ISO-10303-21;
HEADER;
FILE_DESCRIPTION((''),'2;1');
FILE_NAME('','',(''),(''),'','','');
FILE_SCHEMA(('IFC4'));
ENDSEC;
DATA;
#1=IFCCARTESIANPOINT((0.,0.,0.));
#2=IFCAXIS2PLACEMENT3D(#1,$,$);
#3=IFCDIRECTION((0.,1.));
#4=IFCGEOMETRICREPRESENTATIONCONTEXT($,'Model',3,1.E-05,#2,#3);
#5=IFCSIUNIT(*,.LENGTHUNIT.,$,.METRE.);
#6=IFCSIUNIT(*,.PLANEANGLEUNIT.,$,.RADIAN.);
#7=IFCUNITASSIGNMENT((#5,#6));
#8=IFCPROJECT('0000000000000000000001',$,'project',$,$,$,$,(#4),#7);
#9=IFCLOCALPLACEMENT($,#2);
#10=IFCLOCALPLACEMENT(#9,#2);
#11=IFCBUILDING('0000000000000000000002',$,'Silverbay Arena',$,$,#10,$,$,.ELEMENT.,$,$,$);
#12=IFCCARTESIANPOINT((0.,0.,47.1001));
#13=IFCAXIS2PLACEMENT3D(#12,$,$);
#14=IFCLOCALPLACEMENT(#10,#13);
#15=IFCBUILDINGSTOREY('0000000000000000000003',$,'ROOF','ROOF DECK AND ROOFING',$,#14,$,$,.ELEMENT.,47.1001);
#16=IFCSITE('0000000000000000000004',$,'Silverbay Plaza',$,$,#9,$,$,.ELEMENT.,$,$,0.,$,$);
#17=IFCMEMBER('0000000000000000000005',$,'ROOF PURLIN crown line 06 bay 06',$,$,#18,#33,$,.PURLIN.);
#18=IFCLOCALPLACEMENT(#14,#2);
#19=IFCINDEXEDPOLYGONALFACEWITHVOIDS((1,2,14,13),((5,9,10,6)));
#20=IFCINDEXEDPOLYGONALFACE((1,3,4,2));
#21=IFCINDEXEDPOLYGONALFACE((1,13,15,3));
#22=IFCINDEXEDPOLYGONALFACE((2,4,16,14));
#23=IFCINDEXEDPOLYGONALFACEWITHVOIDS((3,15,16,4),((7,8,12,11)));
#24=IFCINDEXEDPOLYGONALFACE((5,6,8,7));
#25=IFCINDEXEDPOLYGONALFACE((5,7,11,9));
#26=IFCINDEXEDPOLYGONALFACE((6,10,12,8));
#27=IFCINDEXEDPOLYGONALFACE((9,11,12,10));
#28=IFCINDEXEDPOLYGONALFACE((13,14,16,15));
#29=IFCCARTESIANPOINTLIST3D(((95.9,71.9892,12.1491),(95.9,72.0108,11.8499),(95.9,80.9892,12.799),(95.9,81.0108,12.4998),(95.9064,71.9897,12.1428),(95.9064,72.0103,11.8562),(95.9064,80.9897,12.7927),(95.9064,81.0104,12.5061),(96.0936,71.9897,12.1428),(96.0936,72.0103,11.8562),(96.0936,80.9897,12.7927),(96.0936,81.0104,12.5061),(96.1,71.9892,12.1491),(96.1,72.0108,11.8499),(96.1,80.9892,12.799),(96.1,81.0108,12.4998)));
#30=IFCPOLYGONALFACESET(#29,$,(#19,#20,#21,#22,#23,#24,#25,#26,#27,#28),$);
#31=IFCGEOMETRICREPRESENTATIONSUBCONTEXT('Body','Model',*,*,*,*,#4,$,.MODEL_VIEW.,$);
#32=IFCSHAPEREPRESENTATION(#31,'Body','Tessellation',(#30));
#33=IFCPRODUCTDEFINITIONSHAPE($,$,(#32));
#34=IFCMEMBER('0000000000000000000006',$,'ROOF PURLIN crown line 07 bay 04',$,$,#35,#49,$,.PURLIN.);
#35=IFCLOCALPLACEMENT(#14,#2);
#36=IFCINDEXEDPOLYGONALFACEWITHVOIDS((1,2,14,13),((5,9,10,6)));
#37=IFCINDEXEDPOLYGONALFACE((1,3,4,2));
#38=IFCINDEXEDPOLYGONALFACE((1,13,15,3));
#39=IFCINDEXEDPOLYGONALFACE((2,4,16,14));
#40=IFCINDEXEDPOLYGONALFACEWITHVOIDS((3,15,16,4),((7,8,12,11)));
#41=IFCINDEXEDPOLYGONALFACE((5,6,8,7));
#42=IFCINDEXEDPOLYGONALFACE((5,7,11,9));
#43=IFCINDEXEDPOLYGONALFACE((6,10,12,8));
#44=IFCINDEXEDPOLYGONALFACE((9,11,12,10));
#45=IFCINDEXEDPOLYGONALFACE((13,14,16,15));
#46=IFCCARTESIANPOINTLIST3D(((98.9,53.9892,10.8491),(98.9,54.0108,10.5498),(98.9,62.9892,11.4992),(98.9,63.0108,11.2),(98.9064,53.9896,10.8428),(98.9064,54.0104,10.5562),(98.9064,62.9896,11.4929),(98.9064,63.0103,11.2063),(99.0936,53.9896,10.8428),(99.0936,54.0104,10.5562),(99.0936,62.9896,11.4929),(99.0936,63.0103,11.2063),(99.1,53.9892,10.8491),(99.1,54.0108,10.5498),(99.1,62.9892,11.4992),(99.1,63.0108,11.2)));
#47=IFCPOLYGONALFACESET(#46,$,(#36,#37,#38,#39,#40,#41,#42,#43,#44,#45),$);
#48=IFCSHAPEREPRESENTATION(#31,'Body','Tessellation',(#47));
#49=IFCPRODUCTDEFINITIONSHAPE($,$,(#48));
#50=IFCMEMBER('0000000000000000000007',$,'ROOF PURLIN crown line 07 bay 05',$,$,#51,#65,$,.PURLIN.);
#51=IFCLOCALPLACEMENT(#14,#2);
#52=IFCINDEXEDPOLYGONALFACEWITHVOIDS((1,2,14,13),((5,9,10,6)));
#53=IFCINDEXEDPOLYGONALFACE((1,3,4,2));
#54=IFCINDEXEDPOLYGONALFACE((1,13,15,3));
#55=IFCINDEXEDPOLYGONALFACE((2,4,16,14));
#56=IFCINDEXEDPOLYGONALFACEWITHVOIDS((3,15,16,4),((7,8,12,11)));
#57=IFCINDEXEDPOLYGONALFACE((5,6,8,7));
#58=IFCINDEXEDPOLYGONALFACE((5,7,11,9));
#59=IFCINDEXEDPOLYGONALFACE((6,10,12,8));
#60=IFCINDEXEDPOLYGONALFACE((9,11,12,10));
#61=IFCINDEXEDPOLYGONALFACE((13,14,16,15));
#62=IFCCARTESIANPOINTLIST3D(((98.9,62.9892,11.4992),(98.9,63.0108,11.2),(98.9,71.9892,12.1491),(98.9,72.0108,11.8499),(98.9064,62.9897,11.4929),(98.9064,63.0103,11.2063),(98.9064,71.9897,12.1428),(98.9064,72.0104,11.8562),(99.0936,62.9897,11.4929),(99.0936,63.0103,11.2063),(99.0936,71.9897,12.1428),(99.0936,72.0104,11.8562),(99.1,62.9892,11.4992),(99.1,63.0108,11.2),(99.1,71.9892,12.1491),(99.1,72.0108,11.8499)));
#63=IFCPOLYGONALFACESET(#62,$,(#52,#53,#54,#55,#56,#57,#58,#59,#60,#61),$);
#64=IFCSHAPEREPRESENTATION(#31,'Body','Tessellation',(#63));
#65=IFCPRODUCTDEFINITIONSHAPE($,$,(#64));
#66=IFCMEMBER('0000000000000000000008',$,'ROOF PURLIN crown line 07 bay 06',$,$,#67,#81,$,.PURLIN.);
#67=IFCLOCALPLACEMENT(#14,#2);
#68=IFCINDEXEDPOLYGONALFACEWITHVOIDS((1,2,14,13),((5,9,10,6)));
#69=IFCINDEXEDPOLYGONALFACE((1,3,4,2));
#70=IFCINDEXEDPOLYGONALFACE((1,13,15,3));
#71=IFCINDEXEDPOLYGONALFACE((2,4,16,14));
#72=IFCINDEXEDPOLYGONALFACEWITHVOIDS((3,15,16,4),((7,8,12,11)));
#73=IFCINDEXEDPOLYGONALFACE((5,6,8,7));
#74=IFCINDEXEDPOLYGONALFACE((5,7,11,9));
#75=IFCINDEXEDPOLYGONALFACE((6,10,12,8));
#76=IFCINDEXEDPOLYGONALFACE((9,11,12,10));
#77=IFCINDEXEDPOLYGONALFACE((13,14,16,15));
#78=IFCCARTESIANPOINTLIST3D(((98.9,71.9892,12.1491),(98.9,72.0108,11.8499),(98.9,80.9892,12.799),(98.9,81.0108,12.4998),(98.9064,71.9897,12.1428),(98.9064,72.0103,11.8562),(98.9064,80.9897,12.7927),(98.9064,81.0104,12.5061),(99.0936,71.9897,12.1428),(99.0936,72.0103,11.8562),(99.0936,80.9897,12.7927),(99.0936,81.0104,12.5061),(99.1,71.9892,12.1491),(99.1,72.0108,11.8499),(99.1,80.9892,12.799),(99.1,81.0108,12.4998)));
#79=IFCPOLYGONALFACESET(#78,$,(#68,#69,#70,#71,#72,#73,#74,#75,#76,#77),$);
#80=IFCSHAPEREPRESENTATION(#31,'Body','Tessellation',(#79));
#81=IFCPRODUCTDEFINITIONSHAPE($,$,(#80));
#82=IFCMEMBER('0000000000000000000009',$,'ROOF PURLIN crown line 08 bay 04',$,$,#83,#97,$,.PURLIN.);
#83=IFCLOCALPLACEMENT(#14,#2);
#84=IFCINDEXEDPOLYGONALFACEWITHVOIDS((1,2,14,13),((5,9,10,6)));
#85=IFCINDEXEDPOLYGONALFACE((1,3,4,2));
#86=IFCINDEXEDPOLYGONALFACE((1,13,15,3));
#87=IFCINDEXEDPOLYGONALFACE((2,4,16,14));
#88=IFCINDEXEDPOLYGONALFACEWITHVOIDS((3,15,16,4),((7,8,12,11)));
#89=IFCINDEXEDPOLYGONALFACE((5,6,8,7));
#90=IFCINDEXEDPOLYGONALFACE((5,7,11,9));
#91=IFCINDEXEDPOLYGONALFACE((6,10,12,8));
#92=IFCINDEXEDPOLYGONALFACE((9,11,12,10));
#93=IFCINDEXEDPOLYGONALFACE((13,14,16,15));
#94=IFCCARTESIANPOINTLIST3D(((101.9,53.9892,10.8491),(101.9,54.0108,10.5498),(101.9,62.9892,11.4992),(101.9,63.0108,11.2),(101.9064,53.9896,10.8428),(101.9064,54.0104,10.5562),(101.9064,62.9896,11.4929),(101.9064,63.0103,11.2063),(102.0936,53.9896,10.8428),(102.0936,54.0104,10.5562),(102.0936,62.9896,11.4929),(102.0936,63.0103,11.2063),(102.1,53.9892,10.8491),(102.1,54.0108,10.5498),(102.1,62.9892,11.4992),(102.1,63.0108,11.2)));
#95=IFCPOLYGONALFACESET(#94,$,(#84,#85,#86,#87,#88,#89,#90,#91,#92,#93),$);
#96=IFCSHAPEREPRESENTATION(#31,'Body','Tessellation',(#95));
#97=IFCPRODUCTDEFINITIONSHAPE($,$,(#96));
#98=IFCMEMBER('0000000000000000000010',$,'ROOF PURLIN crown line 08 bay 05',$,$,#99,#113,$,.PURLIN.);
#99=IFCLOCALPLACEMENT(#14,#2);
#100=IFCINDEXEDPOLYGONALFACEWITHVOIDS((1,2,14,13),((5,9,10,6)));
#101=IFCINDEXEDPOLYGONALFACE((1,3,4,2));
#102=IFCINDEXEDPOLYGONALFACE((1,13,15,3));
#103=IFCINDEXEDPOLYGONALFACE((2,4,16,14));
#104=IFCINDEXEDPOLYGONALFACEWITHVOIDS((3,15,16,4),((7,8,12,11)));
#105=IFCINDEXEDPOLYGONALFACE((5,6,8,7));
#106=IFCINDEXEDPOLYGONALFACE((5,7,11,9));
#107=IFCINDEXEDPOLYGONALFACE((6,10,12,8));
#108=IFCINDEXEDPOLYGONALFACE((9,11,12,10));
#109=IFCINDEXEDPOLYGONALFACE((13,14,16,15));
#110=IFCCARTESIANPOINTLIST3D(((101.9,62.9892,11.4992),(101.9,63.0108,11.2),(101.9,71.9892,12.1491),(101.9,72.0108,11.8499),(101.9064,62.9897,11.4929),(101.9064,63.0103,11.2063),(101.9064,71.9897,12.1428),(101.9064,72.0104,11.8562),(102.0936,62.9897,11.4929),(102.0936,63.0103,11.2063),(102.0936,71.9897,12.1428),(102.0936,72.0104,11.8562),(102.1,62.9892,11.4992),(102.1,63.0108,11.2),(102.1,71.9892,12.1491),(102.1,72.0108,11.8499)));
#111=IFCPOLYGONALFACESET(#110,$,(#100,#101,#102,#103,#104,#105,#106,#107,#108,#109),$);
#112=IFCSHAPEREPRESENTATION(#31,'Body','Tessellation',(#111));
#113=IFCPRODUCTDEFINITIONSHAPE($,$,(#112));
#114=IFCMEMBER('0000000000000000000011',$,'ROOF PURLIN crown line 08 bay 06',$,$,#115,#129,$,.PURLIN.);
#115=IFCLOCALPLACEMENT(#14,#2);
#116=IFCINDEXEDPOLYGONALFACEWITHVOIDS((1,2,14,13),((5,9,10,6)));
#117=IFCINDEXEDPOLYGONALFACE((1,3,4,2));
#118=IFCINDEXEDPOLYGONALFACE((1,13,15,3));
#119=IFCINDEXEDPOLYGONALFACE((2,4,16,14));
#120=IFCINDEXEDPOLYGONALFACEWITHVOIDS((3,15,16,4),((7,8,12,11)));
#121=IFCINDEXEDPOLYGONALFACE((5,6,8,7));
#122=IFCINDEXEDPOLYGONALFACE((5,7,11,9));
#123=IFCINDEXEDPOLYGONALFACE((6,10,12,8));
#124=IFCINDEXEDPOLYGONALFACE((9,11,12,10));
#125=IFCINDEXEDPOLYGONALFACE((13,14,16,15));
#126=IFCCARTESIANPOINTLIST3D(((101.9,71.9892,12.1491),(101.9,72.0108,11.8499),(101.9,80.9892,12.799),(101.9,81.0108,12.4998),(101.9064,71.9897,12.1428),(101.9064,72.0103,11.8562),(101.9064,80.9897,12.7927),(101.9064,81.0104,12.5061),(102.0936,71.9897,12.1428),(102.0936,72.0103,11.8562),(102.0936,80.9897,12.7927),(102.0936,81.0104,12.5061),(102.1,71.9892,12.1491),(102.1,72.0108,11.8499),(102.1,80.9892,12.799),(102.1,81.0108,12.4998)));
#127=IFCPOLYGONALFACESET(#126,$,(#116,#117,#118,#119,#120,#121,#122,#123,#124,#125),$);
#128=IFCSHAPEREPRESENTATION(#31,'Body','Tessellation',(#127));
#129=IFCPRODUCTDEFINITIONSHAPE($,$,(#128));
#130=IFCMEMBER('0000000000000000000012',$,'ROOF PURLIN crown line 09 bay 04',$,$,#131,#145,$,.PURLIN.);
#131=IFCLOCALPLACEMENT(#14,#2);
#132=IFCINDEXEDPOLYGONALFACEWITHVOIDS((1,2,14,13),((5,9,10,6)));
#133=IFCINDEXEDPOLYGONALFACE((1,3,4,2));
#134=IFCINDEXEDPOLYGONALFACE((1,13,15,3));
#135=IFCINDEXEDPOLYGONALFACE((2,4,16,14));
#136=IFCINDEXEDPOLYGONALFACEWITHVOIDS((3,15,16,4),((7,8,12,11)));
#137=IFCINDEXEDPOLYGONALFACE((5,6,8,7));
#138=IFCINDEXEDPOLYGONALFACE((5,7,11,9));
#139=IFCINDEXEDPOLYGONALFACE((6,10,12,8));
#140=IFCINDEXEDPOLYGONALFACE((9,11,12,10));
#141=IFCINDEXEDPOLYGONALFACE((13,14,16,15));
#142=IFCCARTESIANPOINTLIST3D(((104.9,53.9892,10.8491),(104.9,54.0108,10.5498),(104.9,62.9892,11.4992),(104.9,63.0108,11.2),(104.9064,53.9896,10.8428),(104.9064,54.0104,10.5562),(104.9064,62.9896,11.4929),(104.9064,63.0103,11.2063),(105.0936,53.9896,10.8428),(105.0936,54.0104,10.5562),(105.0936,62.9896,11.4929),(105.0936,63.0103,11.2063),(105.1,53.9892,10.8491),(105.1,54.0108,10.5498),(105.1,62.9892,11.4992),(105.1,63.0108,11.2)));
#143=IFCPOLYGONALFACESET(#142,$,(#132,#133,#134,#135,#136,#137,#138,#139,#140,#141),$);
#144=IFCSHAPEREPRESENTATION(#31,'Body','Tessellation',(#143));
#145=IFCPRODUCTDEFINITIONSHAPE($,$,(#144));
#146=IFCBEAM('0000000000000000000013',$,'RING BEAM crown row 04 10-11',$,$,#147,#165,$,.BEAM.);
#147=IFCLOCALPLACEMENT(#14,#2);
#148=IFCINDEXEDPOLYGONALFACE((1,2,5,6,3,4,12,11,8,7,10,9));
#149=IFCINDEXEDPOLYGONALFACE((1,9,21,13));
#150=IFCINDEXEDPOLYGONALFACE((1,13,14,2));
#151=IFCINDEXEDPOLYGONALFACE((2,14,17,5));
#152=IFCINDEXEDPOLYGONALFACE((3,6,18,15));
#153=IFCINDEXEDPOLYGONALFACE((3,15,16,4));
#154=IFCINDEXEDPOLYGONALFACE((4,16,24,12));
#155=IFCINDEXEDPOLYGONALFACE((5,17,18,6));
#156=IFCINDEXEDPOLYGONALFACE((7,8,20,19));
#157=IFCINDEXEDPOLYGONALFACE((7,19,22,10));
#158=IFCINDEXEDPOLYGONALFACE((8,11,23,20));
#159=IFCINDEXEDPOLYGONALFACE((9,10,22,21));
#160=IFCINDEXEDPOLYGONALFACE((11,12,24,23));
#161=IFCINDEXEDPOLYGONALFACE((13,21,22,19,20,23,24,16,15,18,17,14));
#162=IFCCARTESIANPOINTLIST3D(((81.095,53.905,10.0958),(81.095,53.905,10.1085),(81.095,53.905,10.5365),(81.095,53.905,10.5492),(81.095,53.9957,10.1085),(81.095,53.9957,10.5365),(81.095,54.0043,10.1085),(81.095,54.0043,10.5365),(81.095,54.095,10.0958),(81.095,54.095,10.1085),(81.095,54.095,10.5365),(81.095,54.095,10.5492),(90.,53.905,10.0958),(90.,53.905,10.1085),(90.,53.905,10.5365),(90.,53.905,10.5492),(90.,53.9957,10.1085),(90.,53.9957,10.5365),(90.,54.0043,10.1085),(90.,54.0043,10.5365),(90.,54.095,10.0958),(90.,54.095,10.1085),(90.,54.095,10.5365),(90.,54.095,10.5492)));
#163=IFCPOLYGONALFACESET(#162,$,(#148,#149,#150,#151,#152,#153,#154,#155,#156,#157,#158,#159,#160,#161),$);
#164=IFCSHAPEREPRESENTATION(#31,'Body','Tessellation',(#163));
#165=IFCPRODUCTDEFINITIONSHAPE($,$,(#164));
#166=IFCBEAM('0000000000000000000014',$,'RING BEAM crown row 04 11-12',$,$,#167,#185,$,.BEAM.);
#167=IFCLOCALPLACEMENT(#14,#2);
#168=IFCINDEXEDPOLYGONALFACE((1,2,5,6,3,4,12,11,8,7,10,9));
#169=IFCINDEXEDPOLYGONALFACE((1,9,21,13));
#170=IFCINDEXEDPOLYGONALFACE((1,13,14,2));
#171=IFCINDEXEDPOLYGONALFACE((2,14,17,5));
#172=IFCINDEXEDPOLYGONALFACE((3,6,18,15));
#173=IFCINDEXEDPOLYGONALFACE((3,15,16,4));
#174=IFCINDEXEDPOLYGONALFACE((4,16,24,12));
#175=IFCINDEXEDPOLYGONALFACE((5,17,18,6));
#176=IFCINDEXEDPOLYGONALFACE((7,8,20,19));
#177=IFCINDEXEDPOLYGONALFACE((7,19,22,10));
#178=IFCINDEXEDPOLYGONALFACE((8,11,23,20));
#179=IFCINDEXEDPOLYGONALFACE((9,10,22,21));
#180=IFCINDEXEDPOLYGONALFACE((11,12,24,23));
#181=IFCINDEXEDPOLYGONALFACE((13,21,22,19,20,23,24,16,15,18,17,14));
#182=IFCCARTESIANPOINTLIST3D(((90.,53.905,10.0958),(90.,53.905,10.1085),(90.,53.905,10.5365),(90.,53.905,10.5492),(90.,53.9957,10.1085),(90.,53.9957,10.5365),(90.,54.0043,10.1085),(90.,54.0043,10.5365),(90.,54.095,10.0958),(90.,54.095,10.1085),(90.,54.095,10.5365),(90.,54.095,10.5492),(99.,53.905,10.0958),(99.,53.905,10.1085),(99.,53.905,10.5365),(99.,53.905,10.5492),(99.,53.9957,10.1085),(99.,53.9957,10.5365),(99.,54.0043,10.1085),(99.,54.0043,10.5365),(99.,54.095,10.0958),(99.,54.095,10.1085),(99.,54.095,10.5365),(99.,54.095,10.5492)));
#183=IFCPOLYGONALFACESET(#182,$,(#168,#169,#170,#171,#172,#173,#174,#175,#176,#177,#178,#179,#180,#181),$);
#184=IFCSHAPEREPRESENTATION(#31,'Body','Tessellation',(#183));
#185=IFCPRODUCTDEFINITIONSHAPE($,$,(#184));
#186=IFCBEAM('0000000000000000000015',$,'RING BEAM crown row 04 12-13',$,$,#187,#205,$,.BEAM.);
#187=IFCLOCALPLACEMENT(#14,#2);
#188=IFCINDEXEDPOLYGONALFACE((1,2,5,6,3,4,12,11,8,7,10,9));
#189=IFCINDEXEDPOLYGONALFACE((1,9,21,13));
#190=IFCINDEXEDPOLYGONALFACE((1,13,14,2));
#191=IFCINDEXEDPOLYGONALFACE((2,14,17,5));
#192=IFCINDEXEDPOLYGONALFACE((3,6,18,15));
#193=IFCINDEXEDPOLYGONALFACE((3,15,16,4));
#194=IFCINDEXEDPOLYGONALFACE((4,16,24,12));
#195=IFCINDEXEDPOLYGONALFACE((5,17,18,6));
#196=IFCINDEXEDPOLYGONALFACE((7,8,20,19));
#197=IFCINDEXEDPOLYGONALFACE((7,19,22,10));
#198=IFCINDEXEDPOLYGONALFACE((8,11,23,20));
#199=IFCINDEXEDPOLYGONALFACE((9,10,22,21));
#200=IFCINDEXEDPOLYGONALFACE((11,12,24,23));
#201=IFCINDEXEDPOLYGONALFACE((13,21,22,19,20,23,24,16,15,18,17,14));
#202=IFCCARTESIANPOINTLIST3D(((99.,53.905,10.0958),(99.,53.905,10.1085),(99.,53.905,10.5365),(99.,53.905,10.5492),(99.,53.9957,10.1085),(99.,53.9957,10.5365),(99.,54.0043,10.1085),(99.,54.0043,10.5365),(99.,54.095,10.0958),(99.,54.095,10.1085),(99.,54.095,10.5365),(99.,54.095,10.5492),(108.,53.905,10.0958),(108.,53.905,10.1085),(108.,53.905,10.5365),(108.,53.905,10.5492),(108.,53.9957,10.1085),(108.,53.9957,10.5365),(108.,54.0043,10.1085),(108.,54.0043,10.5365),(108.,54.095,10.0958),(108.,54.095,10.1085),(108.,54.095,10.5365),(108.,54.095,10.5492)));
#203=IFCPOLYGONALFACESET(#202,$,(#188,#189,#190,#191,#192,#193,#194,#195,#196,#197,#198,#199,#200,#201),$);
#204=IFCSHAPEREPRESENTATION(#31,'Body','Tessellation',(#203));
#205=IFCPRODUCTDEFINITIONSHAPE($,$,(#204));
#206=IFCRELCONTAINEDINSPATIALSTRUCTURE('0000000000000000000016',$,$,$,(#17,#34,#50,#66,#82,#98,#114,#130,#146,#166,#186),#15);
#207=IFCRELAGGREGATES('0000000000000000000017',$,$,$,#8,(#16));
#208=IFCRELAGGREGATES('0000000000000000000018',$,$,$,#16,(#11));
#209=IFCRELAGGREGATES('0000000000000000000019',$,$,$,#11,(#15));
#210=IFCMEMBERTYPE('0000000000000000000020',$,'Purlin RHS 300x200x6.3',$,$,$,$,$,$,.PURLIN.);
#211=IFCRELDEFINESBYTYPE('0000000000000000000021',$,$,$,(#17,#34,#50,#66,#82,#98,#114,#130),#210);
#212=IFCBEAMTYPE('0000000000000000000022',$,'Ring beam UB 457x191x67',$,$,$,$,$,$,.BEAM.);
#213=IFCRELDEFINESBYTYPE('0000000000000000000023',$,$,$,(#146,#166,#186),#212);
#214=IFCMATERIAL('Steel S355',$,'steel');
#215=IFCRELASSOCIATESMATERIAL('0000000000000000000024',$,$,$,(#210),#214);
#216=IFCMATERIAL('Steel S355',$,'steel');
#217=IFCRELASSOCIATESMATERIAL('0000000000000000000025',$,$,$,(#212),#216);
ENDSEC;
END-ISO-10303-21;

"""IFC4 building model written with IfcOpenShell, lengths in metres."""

from ifc_helpers import new_model, si_unit, direction, frame, origin, origin_2d, place, context, subcontext, project, spatial, hollow_rectangle, i_section, extrude, material, material_profile, profile_set, type_object, element, save


model = new_model("IFC4")

# Units and contexts
model_context = context("Model", 3, precision=1e-05, world=origin(), true_north=direction((0.0, 1.0)))
body_context = subcontext(model_context, "Body", "Model", "MODEL_VIEW")
ifc_project = project(units=[si_unit("LENGTHUNIT", "METRE"), si_unit("PLANEANGLEUNIT", "RADIAN")], contexts=[model_context])

# Site, building, storey
site_placement = place(None, origin())
site = spatial("IfcSite", under=ifc_project, at=site_placement, Name="Silverbay Plaza", CompositionType="ELEMENT", RefElevation=0.0)
building_placement = place(site_placement, origin())
building = spatial("IfcBuilding", under=site, at=building_placement, Name="Silverbay Arena", CompositionType="ELEMENT")
storey_placement = place(building_placement, frame((0.0, 0.0, 47.1001)))
storey = spatial("IfcBuildingStorey", under=building, at=storey_placement, Name="ROOF", Description="ROOF DECK AND ROOFING", CompositionType="ELEMENT", Elevation=47.1001)

# Members
ifc_material_1 = material(Name="Steel S355", Category="steel")
ifc_material_profile_1 = material_profile(ifc_material_1, hollow_rectangle(XDim=0.2, YDim=0.3, WallThickness=0.0063, at=origin_2d()), Name="RHS 300x200x6.3")
ifc_profile_set_1 = profile_set([ifc_material_profile_1], Name="Steel S355")
member_type_1 = type_object("IfcMemberType", Name="Purlin RHS 300x200x6.3", PredefinedType="PURLIN", material=ifc_profile_set_1)
for number, where, z_axis, x_axis, name in (
    (1, (96.0, 72.0, 11.9995), (0.0, 0.997403, 0.072024), (-1.0, 0.0, 0.0), "ROOF PURLIN crown line 06 bay 06"),
    (2, (99.0, 54.0, 10.6995), (0.0, 0.997401, 0.072051), (-1.0, 0.0, 0.0), "ROOF PURLIN crown line 07 bay 04"),
    (3, (99.0, 63.0, 11.3496), (0.0, 0.997403, 0.072024), (-1.0, 0.0, 0.0), "ROOF PURLIN crown line 07 bay 05"),
    (4, (99.0, 72.0, 11.9995), (0.0, 0.997403, 0.072024), (-1.0, 0.0, 0.0), "ROOF PURLIN crown line 07 bay 06"),
    (5, (102.0, 54.0, 10.6995), (0.0, 0.997401, 0.072051), (-1.0, 0.0, 0.0), "ROOF PURLIN crown line 08 bay 04"),
    (6, (102.0, 63.0, 11.3496), (0.0, 0.997403, 0.072024), (-1.0, 0.0, 0.0), "ROOF PURLIN crown line 08 bay 05"),
    (7, (102.0, 72.0, 11.9995), (0.0, 0.997403, 0.072024), (-1.0, 0.0, 0.0), "ROOF PURLIN crown line 08 bay 06"),
    (8, (105.0, 54.0, 10.6995), (0.0, 0.997401, 0.072051), (-1.0, 0.0, 0.0), "ROOF PURLIN crown line 09 bay 04"),
):
    element("IfcMember", number, at=place(storey_placement, frame(where, z_axis=z_axis, x_axis=x_axis)), inside=storey, type_object=member_type_1, Name=name, PredefinedType="PURLIN", context=body_context, shape_type="SweptSolid", body=[
        extrude(hollow_rectangle(XDim=0.2, YDim=0.3, WallThickness=0.0063, at=origin_2d()), origin(), (0.0, 0.0, 1.0), 9.0234),
    ])

# Beams
ifc_material_2 = material(Name="Steel S355", Category="steel")
ifc_material_profile_2 = material_profile(ifc_material_2, i_section(OverallWidth=0.1899, OverallDepth=0.4534, WebThickness=0.0085, FlangeThickness=0.0127, at=origin_2d()), Name="UB 457x191x67")
ifc_profile_set_2 = profile_set([ifc_material_profile_2], Name="Steel S355")
beam_type = type_object("IfcBeamType", Name="Ring beam UB 457x191x67", PredefinedType="BEAM", material=ifc_profile_set_2)
beam_1_placement = place(storey_placement, frame((81.095, 54.0, 10.3225), z_axis=(1.0, 0.0, 0.0), x_axis=(0.0, 1.0, 0.0)))
element("IfcBeam", 9, at=beam_1_placement, inside=storey, type_object=beam_type, Name="RING BEAM crown row 04 10-11", PredefinedType="BEAM", context=body_context, shape_type="SweptSolid", body=[
    extrude(i_section(OverallWidth=0.1899, OverallDepth=0.4534, WebThickness=0.0085, FlangeThickness=0.0127, at=origin_2d()), origin(), (0.0, 0.0, 1.0), 8.905),
])
for number, where, z_axis, x_axis, name in (
    (10, (90.0, 54.0, 10.3225), (1.0, 0.0, 0.0), (0.0, 1.0, 0.0), "RING BEAM crown row 04 11-12"),
    (11, (99.0, 54.0, 10.3225), (1.0, 0.0, 0.0), (0.0, 1.0, 0.0), "RING BEAM crown row 04 12-13"),
):
    element("IfcBeam", number, at=place(storey_placement, frame(where, z_axis=z_axis, x_axis=x_axis)), inside=storey, type_object=beam_type, Name=name, PredefinedType="BEAM", context=body_context, shape_type="SweptSolid", body=[
        extrude(i_section(OverallWidth=0.1899, OverallDepth=0.4534, WebThickness=0.0085, FlangeThickness=0.0127, at=origin_2d()), origin(), (0.0, 0.0, 1.0), 9.0),
    ])

save(model, "model.ifc")
